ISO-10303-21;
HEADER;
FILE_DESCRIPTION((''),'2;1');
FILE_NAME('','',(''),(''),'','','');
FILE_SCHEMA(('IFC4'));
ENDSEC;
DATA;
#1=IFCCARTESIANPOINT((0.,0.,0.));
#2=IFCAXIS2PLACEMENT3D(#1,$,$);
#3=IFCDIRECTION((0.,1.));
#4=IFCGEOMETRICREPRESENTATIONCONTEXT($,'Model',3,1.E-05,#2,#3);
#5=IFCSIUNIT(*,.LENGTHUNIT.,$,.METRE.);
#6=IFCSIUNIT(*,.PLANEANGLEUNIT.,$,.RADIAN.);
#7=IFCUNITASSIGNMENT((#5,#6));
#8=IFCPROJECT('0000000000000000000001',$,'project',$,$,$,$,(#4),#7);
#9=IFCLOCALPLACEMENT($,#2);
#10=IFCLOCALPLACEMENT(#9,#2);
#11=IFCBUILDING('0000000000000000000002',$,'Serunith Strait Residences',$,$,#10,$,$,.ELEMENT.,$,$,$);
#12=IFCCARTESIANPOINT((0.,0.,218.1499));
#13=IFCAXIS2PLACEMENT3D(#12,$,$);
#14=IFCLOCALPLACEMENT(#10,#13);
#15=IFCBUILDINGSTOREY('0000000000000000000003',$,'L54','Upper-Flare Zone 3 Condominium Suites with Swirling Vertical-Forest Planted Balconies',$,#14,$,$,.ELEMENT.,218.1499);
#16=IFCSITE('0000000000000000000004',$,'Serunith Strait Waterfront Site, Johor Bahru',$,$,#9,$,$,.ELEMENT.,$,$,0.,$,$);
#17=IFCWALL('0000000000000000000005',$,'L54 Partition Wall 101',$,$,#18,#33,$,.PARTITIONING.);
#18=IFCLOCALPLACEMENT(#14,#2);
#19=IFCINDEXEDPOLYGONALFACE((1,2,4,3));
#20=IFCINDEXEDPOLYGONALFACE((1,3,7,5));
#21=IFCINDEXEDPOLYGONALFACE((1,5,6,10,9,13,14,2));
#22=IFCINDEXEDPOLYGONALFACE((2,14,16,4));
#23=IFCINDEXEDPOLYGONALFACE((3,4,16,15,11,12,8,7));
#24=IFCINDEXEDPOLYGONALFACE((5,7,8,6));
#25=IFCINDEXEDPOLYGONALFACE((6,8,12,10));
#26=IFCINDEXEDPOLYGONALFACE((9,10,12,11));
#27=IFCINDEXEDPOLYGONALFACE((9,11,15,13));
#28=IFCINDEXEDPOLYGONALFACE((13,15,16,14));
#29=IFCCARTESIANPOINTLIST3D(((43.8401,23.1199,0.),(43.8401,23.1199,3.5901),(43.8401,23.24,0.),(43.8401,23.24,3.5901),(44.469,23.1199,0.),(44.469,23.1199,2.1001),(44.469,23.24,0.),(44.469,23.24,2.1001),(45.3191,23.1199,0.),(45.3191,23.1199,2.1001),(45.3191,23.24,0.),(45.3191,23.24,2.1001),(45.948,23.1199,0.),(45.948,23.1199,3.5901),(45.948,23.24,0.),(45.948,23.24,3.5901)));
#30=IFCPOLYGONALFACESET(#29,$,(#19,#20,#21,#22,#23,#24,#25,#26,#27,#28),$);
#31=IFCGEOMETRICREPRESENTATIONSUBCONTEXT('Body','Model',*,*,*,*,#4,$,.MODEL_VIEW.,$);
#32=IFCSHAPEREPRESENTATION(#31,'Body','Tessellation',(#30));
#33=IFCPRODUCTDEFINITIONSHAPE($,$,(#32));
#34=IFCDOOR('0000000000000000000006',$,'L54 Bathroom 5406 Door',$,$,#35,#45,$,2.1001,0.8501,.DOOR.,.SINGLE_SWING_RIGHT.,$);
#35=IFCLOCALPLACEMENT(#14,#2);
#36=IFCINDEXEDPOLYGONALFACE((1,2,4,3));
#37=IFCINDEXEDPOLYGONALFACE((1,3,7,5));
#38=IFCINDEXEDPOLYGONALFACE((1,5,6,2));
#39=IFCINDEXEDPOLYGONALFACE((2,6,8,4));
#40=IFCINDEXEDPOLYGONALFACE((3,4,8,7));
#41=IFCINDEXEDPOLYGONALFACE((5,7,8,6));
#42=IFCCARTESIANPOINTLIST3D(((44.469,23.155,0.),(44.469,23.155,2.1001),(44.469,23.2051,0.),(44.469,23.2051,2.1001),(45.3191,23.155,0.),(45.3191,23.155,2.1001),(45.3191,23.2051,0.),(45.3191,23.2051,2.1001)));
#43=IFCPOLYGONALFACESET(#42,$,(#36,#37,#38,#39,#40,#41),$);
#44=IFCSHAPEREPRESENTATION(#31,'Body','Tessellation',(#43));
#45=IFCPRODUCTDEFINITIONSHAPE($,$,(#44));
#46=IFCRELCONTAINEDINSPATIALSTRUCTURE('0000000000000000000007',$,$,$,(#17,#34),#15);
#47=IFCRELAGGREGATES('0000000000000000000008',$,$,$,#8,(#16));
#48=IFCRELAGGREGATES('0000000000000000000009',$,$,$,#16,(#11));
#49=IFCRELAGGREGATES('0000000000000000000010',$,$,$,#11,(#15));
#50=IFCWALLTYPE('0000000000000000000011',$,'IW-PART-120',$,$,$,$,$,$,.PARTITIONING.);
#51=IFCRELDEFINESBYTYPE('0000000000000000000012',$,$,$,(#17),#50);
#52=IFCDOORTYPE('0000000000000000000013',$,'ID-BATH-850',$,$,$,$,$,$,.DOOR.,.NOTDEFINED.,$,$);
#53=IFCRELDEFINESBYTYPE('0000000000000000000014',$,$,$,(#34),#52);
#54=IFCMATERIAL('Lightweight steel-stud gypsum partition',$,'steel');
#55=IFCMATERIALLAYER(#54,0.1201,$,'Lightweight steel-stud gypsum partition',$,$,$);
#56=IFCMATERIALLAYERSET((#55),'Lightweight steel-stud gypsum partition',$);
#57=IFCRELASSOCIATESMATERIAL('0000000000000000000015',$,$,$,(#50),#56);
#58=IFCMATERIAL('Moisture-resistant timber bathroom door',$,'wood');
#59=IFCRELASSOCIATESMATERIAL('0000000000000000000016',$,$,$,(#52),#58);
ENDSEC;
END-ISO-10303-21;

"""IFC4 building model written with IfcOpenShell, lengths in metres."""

from ifc_helpers import new_model, si_unit, direction, frame, frame_2d, origin, place, context, subcontext, project, spatial, rectangle, extrude, source, transform, mapped, material, layer, layer_set, type_object, element, fill, save


model = new_model("IFC4")

# Units and contexts
model_context = context("Model", 3, precision=1e-05, world=origin(), true_north=direction((0.0, 1.0)))
body_context = subcontext(model_context, "Body", "Model", "MODEL_VIEW")
ifc_project = project(units=[si_unit("LENGTHUNIT", "METRE"), si_unit("PLANEANGLEUNIT", "RADIAN")], contexts=[model_context])

# Site, building, storey
site_placement = place(None, origin())
site = spatial("IfcSite", under=ifc_project, at=site_placement, Name="Serunith Strait Waterfront Site, Johor Bahru", CompositionType="ELEMENT", RefElevation=0.0)
building_placement = place(site_placement, origin())
building = spatial("IfcBuilding", under=site, at=building_placement, Name="Serunith Strait Residences", CompositionType="ELEMENT")
storey_placement = place(building_placement, frame((0.0, 0.0, 218.1499)))
storey = spatial("IfcBuildingStorey", under=building, at=storey_placement, Name="L54", Description="Upper-Flare Zone 3 Condominium Suites with Swirling Vertical-Forest Planted Balconies", CompositionType="ELEMENT", Elevation=218.1499)

# Shared definitions
ifc_material_1 = material(Name="Lightweight steel-stud gypsum partition", Category="steel")
ifc_layer_1 = layer(ifc_material_1, 0.1201, Name="Lightweight steel-stud gypsum partition")
ifc_layer_set_1 = layer_set([ifc_layer_1], Name="Lightweight steel-stud gypsum partition")
wall_type = type_object("IfcWallType", Name="IW-PART-120", PredefinedType="PARTITIONING", material=ifc_layer_set_1)

# Shared definitions
ifc_material_2 = material(Name="Moisture-resistant timber bathroom door", Category="wood")
door_type_1 = type_object("IfcDoorType", Name="ID-BATH-850", OperationType="NOTDEFINED", PredefinedType="DOOR", material=ifc_material_2)
shared_shape_1 = source(origin(), body_context, "Body", "SweptSolid", [
    extrude(rectangle(XDim=0.8501, YDim=2.1001, at=frame_2d((0.425, 1.05))), frame((0.0, 0.0249, 0.0), z_axis=(0.0, -1.0, 0.0), x_axis=(1.0, 0.0, 0.0)), (0.0, 0.0, 1.0), 0.05),
])

# Wall, opening, door
wall_1_placement = place(storey_placement, frame((45.948, 23.1799, 0.0), z_axis=(0.0, 0.0, 1.0), x_axis=(-1.0, 0.0, 0.0)))
wall_1 = element("IfcWall", 1, at=wall_1_placement, inside=storey, type_object=wall_type, Name="L54 Partition Wall 101", PredefinedType="PARTITIONING", context=body_context, shape_type="SweptSolid", body=[
    extrude(rectangle(XDim=2.1079, YDim=0.1201, at=frame_2d((1.054, 0.0))), origin(), (0.0, 0.0, 1.0), 3.5901),
])
opening_1_placement = place(wall_1_placement, frame((0.6289, 0.0, 0.0)))
opening_1 = element("IfcOpeningElement", 2, at=opening_1_placement, cuts=wall_1, PredefinedType="OPENING", context=body_context, shape_type="SweptSolid", body=[
    extrude(rectangle(XDim=0.8501, YDim=2.1001, at=frame_2d((0.425, 1.05))), frame((0.0, 0.0701, 0.0), z_axis=(0.0, -1.0, 0.0), x_axis=(1.0, 0.0, 0.0)), (0.0, 0.0, 1.0), 0.1401),
])
door_1_placement = place(opening_1_placement, origin())
door_1 = element("IfcDoor", 3, at=door_1_placement, inside=storey, type_object=door_type_1, Name="L54 Bathroom 5406 Door", OperationType="SINGLE_SWING_RIGHT", OverallHeight=2.1001, OverallWidth=0.8501, PredefinedType="DOOR", context=body_context, shape_type="MappedRepresentation", body=[
    mapped(shared_shape_1, transform((0.0, 0.0, 0.0), scale=1.0)),
])
fill(opening_1, door_1)

save(model, "model.ifc")
